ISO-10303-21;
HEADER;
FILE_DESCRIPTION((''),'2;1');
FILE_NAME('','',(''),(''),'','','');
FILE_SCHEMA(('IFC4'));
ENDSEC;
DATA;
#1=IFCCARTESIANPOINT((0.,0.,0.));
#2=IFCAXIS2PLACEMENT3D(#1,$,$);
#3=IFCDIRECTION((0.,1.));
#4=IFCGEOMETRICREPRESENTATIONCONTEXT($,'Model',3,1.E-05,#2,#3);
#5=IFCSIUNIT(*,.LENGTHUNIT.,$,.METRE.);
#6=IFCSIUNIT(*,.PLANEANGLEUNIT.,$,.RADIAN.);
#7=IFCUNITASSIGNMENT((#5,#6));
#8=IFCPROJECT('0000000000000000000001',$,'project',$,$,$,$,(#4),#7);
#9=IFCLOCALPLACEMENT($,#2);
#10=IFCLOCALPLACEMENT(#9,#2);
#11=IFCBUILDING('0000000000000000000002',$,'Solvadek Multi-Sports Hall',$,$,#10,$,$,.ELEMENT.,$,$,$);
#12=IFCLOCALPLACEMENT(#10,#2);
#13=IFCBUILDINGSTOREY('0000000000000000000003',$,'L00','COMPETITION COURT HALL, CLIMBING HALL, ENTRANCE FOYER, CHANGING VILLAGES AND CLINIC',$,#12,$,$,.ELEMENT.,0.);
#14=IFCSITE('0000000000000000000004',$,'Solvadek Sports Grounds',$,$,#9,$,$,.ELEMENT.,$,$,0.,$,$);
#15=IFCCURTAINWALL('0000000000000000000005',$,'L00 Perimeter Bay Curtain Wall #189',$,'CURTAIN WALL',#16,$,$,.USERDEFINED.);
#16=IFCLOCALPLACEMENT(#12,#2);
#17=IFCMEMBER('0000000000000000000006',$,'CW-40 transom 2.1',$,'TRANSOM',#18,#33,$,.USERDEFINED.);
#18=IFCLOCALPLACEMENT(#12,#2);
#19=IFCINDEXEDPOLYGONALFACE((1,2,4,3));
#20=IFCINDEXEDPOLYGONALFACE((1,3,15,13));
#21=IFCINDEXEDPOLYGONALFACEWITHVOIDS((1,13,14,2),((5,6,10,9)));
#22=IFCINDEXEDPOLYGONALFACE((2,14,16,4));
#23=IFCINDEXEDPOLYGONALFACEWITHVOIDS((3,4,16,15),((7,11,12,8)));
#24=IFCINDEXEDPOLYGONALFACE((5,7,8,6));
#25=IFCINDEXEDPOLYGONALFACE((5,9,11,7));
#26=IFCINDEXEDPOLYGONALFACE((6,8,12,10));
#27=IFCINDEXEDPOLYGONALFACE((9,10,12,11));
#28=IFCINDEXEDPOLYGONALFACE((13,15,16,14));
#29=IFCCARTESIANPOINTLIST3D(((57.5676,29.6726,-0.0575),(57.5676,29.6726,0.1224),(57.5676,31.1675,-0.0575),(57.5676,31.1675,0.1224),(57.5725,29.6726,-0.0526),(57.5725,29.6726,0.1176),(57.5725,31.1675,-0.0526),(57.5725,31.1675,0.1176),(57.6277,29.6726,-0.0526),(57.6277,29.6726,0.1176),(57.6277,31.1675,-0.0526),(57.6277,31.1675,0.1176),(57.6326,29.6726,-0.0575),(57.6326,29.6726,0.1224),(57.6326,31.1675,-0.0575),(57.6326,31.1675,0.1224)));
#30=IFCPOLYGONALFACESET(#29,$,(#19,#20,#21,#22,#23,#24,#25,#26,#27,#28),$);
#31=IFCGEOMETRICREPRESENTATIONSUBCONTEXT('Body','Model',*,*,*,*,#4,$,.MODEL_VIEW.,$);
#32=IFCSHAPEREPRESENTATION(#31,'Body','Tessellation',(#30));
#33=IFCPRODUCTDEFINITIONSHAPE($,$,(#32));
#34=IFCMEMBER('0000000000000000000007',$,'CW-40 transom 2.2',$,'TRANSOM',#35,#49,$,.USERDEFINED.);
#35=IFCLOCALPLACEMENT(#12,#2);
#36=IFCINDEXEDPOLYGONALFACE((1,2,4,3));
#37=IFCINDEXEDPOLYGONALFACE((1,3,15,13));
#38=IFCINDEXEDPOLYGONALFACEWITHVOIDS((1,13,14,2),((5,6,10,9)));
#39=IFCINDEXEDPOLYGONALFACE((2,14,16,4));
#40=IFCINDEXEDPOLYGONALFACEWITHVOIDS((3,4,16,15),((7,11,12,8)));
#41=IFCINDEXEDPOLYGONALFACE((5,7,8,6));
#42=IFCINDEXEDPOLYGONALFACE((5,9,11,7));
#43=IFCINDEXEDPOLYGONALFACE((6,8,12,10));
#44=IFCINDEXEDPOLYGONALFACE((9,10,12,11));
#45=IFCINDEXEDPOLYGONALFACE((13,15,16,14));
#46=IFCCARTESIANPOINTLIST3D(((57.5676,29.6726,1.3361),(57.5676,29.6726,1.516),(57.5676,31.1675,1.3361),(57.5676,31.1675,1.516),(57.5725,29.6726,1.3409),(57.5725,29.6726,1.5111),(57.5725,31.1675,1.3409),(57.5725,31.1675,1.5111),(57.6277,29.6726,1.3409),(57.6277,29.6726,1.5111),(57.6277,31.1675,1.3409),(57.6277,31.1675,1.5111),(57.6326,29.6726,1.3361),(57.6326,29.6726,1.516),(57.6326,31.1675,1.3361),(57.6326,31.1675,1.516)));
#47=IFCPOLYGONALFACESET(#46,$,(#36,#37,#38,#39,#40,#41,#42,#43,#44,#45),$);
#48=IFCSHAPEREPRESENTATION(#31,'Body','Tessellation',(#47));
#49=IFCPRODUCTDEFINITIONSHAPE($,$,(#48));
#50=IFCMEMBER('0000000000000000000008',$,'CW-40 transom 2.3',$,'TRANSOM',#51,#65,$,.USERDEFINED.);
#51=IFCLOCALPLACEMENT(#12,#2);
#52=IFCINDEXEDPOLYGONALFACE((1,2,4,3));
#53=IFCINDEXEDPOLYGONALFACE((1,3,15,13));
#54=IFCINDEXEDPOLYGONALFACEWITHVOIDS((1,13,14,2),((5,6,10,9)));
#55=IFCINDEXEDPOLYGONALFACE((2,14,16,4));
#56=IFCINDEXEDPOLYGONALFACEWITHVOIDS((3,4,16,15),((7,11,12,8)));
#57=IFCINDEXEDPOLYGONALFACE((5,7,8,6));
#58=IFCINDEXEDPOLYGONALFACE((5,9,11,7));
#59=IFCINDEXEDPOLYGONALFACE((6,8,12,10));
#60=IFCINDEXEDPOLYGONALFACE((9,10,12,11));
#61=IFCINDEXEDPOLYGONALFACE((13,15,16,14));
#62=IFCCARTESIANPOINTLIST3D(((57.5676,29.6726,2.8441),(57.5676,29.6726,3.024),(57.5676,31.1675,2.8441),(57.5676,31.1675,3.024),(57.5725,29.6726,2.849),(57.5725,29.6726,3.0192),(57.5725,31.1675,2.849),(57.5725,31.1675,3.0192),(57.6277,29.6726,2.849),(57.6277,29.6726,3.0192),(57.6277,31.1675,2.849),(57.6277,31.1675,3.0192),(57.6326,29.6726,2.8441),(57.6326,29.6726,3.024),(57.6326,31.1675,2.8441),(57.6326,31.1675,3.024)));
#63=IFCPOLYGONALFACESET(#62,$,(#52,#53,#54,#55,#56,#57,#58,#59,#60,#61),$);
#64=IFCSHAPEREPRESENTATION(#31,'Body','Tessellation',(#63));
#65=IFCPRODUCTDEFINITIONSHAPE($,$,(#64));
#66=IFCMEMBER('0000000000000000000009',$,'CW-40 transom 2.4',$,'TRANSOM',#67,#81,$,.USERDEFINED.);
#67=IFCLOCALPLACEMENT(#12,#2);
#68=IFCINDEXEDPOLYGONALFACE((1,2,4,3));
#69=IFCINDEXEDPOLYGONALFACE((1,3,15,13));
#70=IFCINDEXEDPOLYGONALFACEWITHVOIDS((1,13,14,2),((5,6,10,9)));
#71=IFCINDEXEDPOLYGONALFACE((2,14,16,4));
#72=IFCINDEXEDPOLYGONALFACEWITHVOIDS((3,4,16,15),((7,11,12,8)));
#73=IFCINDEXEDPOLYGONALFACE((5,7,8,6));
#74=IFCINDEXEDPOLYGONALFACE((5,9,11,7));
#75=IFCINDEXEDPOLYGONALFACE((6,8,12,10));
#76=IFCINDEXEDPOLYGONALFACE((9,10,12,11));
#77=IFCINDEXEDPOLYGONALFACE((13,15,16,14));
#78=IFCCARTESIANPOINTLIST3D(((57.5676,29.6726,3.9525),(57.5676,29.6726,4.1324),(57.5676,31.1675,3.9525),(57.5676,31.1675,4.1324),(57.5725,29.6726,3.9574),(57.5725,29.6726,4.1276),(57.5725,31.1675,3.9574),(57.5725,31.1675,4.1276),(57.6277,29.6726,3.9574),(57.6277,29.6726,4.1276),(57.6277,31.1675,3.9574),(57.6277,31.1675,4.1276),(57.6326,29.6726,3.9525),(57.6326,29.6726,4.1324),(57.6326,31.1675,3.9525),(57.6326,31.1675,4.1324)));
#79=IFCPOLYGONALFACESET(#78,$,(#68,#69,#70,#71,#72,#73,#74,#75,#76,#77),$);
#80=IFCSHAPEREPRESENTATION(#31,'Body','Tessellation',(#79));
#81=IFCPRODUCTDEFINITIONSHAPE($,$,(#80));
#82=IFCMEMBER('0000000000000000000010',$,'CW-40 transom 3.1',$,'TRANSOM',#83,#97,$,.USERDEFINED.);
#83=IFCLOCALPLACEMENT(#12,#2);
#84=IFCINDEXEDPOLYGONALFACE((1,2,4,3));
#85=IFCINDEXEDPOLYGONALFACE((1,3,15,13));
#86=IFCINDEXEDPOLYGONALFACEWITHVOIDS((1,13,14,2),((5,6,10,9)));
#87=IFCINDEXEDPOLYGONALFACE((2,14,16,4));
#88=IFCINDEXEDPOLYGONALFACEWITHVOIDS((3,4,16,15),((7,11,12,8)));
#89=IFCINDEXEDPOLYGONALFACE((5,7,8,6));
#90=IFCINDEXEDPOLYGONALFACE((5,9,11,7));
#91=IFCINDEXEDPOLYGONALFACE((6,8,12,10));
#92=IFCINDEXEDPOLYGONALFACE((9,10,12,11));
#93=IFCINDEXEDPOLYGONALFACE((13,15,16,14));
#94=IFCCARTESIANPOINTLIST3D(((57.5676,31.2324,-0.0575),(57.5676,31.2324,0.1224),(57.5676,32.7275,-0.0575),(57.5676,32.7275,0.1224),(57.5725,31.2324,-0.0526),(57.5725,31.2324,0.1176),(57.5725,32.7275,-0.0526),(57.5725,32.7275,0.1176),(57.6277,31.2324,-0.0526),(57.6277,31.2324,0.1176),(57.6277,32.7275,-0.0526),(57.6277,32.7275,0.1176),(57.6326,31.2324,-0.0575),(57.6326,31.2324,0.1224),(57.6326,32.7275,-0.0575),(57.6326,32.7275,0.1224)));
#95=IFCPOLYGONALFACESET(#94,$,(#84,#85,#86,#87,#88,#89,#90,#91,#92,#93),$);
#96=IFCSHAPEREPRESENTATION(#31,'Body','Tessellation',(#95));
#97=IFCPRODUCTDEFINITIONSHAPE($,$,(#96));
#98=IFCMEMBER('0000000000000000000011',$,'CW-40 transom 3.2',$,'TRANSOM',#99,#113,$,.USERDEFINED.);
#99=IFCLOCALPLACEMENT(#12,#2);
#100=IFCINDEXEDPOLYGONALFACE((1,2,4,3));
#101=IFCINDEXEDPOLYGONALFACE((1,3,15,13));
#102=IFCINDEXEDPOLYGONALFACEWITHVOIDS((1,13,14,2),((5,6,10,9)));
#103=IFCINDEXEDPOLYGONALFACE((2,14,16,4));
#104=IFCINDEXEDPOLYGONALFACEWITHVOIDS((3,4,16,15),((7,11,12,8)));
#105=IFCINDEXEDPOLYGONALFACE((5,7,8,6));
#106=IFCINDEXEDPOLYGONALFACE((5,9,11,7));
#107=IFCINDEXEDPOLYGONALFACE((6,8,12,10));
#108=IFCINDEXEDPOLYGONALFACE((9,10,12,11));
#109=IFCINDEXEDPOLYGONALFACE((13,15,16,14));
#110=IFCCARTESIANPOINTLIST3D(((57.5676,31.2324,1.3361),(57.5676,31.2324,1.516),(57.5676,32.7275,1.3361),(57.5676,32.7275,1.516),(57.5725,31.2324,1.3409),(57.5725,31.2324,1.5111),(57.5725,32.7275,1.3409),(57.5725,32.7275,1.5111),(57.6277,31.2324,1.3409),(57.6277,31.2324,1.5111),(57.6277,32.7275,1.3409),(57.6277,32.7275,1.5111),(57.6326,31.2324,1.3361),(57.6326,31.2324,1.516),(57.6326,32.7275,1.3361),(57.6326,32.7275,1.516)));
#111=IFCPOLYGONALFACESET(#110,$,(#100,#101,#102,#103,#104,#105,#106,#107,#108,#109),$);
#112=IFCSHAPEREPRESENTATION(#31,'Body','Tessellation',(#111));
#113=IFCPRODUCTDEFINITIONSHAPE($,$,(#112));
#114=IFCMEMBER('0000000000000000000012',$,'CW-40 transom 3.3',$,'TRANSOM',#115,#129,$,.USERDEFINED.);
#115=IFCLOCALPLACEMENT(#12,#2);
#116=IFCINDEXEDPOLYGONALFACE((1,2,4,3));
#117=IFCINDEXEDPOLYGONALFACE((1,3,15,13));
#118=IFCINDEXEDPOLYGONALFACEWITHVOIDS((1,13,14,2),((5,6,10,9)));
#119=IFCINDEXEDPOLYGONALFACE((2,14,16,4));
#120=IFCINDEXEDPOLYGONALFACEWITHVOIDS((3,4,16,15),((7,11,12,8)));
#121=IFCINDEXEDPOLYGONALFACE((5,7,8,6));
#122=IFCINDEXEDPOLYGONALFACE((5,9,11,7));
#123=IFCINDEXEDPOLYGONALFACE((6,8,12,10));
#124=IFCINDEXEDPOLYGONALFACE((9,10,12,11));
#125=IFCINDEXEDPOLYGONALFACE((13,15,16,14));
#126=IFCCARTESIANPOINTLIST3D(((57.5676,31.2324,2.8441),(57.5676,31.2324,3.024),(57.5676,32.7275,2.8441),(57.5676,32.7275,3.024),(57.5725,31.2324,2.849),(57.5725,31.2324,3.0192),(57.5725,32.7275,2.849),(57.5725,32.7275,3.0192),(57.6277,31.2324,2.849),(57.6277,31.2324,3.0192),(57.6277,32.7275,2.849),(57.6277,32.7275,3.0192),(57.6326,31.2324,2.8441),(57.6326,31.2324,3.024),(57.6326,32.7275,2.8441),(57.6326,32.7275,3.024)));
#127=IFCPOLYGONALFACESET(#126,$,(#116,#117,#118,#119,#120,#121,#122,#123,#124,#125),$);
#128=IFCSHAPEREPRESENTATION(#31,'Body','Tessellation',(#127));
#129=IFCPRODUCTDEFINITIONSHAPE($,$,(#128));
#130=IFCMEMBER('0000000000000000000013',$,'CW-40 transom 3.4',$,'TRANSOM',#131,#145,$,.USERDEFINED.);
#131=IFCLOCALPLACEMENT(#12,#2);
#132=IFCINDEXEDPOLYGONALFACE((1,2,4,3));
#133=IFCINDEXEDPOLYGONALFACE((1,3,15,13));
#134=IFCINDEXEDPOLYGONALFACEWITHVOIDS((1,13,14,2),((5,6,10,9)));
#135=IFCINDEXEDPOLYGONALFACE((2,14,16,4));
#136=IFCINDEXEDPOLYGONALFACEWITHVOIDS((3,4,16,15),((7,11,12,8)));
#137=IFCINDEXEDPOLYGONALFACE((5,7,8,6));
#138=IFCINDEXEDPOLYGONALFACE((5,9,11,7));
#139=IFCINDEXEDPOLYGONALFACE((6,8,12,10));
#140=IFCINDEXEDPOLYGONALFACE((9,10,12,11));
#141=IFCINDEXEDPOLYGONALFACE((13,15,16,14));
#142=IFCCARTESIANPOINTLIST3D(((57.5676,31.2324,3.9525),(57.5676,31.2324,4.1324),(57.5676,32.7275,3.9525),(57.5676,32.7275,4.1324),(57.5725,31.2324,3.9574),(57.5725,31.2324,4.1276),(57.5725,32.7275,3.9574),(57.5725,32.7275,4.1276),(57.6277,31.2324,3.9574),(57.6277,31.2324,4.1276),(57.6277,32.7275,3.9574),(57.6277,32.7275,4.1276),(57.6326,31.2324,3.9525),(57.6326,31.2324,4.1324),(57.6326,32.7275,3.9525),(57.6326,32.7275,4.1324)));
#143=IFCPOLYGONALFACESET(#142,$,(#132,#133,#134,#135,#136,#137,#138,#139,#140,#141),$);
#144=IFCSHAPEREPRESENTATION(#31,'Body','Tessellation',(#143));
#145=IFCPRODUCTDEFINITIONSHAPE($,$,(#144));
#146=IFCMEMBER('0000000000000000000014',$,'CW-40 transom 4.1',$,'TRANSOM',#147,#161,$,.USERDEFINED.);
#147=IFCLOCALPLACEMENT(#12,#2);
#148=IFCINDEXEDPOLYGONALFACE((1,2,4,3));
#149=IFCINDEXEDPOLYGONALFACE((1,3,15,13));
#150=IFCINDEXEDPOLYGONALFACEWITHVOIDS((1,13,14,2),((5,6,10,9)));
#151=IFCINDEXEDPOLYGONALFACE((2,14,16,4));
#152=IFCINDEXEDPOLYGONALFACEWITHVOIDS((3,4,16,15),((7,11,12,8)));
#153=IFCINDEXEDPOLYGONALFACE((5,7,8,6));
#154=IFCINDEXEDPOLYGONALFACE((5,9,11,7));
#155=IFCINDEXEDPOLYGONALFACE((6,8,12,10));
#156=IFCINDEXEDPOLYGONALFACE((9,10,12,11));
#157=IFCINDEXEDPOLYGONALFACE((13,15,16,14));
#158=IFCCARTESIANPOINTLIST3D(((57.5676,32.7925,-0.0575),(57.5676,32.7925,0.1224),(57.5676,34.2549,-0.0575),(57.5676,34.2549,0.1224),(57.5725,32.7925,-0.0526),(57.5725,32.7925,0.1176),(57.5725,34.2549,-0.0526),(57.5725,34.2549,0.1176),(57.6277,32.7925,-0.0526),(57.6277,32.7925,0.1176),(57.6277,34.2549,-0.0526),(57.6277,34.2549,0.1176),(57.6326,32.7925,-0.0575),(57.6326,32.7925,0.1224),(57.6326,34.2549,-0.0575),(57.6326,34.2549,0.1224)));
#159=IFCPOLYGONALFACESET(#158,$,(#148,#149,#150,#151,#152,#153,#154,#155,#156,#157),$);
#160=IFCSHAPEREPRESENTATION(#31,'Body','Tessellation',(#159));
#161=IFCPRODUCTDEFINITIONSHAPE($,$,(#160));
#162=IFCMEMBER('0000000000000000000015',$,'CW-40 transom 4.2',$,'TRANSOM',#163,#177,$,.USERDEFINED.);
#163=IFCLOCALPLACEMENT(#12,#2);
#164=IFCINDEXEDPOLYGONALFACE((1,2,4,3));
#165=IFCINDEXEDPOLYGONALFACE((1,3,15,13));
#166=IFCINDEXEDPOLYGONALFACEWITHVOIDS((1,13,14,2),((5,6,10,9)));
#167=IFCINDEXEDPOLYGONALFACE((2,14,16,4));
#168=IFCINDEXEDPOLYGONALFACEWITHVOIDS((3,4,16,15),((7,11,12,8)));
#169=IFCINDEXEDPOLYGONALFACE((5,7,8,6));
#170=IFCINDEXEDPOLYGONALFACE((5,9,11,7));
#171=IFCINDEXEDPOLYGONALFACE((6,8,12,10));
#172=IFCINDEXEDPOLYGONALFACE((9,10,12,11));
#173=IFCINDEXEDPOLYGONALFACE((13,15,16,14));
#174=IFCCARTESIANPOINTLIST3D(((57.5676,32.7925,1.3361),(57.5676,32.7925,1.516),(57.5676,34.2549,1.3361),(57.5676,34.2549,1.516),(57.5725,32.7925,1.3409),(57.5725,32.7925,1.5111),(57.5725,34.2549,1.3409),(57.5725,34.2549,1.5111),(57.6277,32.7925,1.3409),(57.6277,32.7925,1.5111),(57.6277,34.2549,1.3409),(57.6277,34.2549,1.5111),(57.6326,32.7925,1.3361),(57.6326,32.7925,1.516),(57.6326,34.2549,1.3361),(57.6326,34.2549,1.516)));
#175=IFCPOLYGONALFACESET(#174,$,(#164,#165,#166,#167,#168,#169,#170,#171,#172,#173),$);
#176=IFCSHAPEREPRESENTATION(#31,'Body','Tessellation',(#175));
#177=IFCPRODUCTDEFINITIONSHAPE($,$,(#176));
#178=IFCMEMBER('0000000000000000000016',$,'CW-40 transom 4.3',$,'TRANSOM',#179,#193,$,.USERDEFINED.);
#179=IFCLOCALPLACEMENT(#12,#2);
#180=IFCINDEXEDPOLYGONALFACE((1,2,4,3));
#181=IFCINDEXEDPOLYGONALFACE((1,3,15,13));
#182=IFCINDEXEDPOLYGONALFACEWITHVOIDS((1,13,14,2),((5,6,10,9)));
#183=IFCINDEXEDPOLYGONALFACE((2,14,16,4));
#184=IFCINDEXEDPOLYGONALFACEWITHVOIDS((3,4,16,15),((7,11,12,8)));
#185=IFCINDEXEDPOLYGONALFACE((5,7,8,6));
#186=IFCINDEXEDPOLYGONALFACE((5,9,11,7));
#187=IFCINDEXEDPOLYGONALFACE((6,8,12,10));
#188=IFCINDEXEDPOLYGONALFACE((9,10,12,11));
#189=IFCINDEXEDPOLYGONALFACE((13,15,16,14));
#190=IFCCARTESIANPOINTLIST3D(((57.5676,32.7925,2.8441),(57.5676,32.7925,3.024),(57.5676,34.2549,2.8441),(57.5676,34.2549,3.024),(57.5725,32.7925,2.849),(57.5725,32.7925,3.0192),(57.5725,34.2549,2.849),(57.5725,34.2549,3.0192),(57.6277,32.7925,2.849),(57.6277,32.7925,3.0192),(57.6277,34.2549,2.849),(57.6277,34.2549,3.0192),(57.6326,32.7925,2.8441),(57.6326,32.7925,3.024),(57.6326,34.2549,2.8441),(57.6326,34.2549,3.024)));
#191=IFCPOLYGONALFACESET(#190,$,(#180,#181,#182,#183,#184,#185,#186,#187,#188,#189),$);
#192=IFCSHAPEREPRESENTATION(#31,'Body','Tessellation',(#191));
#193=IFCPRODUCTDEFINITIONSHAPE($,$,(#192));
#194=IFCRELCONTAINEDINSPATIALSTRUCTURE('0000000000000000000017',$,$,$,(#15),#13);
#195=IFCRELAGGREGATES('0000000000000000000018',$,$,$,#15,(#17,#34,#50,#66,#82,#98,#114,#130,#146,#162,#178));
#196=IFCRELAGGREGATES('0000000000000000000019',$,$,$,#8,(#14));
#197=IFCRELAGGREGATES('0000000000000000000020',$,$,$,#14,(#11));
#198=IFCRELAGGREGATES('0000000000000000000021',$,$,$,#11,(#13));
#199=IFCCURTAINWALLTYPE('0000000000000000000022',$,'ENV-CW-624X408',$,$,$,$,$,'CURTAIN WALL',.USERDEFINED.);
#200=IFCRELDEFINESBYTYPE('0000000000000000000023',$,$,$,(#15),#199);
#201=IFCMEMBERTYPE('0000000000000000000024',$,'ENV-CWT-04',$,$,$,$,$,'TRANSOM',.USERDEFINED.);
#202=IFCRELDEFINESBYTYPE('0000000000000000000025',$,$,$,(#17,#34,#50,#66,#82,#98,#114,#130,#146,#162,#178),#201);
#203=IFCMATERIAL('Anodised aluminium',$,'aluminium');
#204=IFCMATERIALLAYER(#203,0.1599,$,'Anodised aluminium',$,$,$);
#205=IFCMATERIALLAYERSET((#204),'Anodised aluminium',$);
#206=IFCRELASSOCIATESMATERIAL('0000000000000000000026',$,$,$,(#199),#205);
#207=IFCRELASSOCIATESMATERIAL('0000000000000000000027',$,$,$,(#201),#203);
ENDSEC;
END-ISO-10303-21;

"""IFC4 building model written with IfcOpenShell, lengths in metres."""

from ifc_helpers import new_model, si_unit, direction, frame, origin, origin_2d, place, context, subcontext, project, spatial, hollow_rectangle, extrude, material, layer, layer_set, material_profile, profile_set, type_object, element, aggregate, save


model = new_model("IFC4")

# Units and contexts
model_context = context("Model", 3, precision=1e-05, world=origin(), true_north=direction((0.0, 1.0)))
body_context = subcontext(model_context, "Body", "Model", "MODEL_VIEW")
ifc_project = project(units=[si_unit("LENGTHUNIT", "METRE"), si_unit("PLANEANGLEUNIT", "RADIAN")], contexts=[model_context])

# Site, building, storey
site_placement = place(None, origin())
site = spatial("IfcSite", under=ifc_project, at=site_placement, Name="Solvadek Sports Grounds", CompositionType="ELEMENT", RefElevation=0.0)
building_placement = place(site_placement, origin())
building = spatial("IfcBuilding", under=site, at=building_placement, Name="Solvadek Multi-Sports Hall", CompositionType="ELEMENT")
storey_placement = place(building_placement, origin())
storey = spatial("IfcBuildingStorey", under=building, at=storey_placement, Name="L00", Description="COMPETITION COURT HALL, CLIMBING HALL, ENTRANCE FOYER, CHANGING VILLAGES AND CLINIC", CompositionType="ELEMENT", Elevation=0.0)

# Shared definitions
ifc_material_1 = material(Name="Anodised aluminium", Category="aluminium")

# Curtain wall, members
ifc_layer_1 = layer(ifc_material_1, 0.1599, Name="Anodised aluminium")
ifc_layer_set_1 = layer_set([ifc_layer_1], Name="Anodised aluminium")
curtain_wall_type_1 = type_object("IfcCurtainWallType", Name="ENV-CW-624X408", ElementType="CURTAIN WALL", PredefinedType="USERDEFINED", material=ifc_layer_set_1)
curtain_wall_1_placement = place(storey_placement, origin())
curtain_wall_1 = element("IfcCurtainWall", 1, at=curtain_wall_1_placement, inside=storey, type_object=curtain_wall_type_1, Name="L00 Perimeter Bay Curtain Wall #189", ObjectType="CURTAIN WALL", PredefinedType="USERDEFINED")
ifc_material_profile_1 = material_profile(ifc_material_1, hollow_rectangle(XDim=0.0649, YDim=0.1799, WallThickness=0.0049, at=origin_2d()), Name="ALU-T 180x65x5")
ifc_profile_set_1 = profile_set([ifc_material_profile_1], Name="Anodised aluminium")
member_type_1 = type_object("IfcMemberType", Name="ENV-CWT-04", ElementType="TRANSOM", PredefinedType="USERDEFINED", material=ifc_profile_set_1)
member_1_placement = place(storey_placement, frame((57.6001, 29.6726, 0.0325), z_axis=(0.0, 1.0, 0.0), x_axis=(-1.0, 0.0, 0.0)))
member_1 = element("IfcMember", 2, at=member_1_placement, type_object=member_type_1, Name="CW-40 transom 2.1", ObjectType="TRANSOM", PredefinedType="USERDEFINED", context=body_context, shape_type="SweptSolid", body=[
    extrude(hollow_rectangle(XDim=0.0649, YDim=0.1799, WallThickness=0.0049, at=origin_2d()), origin(), (0.0, 0.0, 1.0), 1.4949),
])
member_2_placement = place(storey_placement, frame((57.6001, 29.6726, 1.426), z_axis=(0.0, 1.0, 0.0), x_axis=(-1.0, 0.0, 0.0)))
member_2 = element("IfcMember", 3, at=member_2_placement, type_object=member_type_1, Name="CW-40 transom 2.2", ObjectType="TRANSOM", PredefinedType="USERDEFINED", context=body_context, shape_type="SweptSolid", body=[
    extrude(hollow_rectangle(XDim=0.0649, YDim=0.1799, WallThickness=0.0049, at=origin_2d()), origin(), (0.0, 0.0, 1.0), 1.4949),
])
member_3_placement = place(storey_placement, frame((57.6001, 29.6726, 2.9341), z_axis=(0.0, 1.0, 0.0), x_axis=(-1.0, 0.0, 0.0)))
member_3 = element("IfcMember", 4, at=member_3_placement, type_object=member_type_1, Name="CW-40 transom 2.3", ObjectType="TRANSOM", PredefinedType="USERDEFINED", context=body_context, shape_type="SweptSolid", body=[
    extrude(hollow_rectangle(XDim=0.0649, YDim=0.1799, WallThickness=0.0049, at=origin_2d()), origin(), (0.0, 0.0, 1.0), 1.4949),
])
member_4_placement = place(storey_placement, frame((57.6001, 29.6726, 4.0425), z_axis=(0.0, 1.0, 0.0), x_axis=(-1.0, 0.0, 0.0)))
member_4 = element("IfcMember", 5, at=member_4_placement, type_object=member_type_1, Name="CW-40 transom 2.4", ObjectType="TRANSOM", PredefinedType="USERDEFINED", context=body_context, shape_type="SweptSolid", body=[
    extrude(hollow_rectangle(XDim=0.0649, YDim=0.1799, WallThickness=0.0049, at=origin_2d()), origin(), (0.0, 0.0, 1.0), 1.4949),
])
member_5_placement = place(storey_placement, frame((57.6001, 31.2324, 0.0325), z_axis=(0.0, 1.0, 0.0), x_axis=(-1.0, 0.0, 0.0)))
member_5 = element("IfcMember", 6, at=member_5_placement, type_object=member_type_1, Name="CW-40 transom 3.1", ObjectType="TRANSOM", PredefinedType="USERDEFINED", context=body_context, shape_type="SweptSolid", body=[
    extrude(hollow_rectangle(XDim=0.0649, YDim=0.1799, WallThickness=0.0049, at=origin_2d()), origin(), (0.0, 0.0, 1.0), 1.4951),
])
member_6_placement = place(storey_placement, frame((57.6001, 31.2324, 1.426), z_axis=(0.0, 1.0, 0.0), x_axis=(-1.0, 0.0, 0.0)))
member_6 = element("IfcMember", 7, at=member_6_placement, type_object=member_type_1, Name="CW-40 transom 3.2", ObjectType="TRANSOM", PredefinedType="USERDEFINED", context=body_context, shape_type="SweptSolid", body=[
    extrude(hollow_rectangle(XDim=0.0649, YDim=0.1799, WallThickness=0.0049, at=origin_2d()), origin(), (0.0, 0.0, 1.0), 1.4951),
])
member_7_placement = place(storey_placement, frame((57.6001, 31.2324, 2.9341), z_axis=(0.0, 1.0, 0.0), x_axis=(-1.0, 0.0, 0.0)))
member_7 = element("IfcMember", 8, at=member_7_placement, type_object=member_type_1, Name="CW-40 transom 3.3", ObjectType="TRANSOM", PredefinedType="USERDEFINED", context=body_context, shape_type="SweptSolid", body=[
    extrude(hollow_rectangle(XDim=0.0649, YDim=0.1799, WallThickness=0.0049, at=origin_2d()), origin(), (0.0, 0.0, 1.0), 1.4951),
])
member_8_placement = place(storey_placement, frame((57.6001, 31.2324, 4.0425), z_axis=(0.0, 1.0, 0.0), x_axis=(-1.0, 0.0, 0.0)))
member_8 = element("IfcMember", 9, at=member_8_placement, type_object=member_type_1, Name="CW-40 transom 3.4", ObjectType="TRANSOM", PredefinedType="USERDEFINED", context=body_context, shape_type="SweptSolid", body=[
    extrude(hollow_rectangle(XDim=0.0649, YDim=0.1799, WallThickness=0.0049, at=origin_2d()), origin(), (0.0, 0.0, 1.0), 1.4951),
])
member_9_placement = place(storey_placement, frame((57.6001, 32.7925, 0.0325), z_axis=(0.0, 1.0, 0.0), x_axis=(-1.0, 0.0, 0.0)))
member_9 = element("IfcMember", 10, at=member_9_placement, type_object=member_type_1, Name="CW-40 transom 4.1", ObjectType="TRANSOM", PredefinedType="USERDEFINED", context=body_context, shape_type="SweptSolid", body=[
    extrude(hollow_rectangle(XDim=0.0649, YDim=0.1799, WallThickness=0.0049, at=origin_2d()), origin(), (0.0, 0.0, 1.0), 1.4624),
])
member_10_placement = place(storey_placement, frame((57.6001, 32.7925, 1.426), z_axis=(0.0, 1.0, 0.0), x_axis=(-1.0, 0.0, 0.0)))
member_10 = element("IfcMember", 11, at=member_10_placement, type_object=member_type_1, Name="CW-40 transom 4.2", ObjectType="TRANSOM", PredefinedType="USERDEFINED", context=body_context, shape_type="SweptSolid", body=[
    extrude(hollow_rectangle(XDim=0.0649, YDim=0.1799, WallThickness=0.0049, at=origin_2d()), origin(), (0.0, 0.0, 1.0), 1.4624),
])
member_11_placement = place(storey_placement, frame((57.6001, 32.7925, 2.9341), z_axis=(0.0, 1.0, 0.0), x_axis=(-1.0, 0.0, 0.0)))
member_11 = element("IfcMember", 12, at=member_11_placement, type_object=member_type_1, Name="CW-40 transom 4.3", ObjectType="TRANSOM", PredefinedType="USERDEFINED", context=body_context, shape_type="SweptSolid", body=[
    extrude(hollow_rectangle(XDim=0.0649, YDim=0.1799, WallThickness=0.0049, at=origin_2d()), origin(), (0.0, 0.0, 1.0), 1.4624),
])

aggregate(curtain_wall_1, [member_1, member_2, member_3, member_4, member_5, member_6, member_7, member_8, member_9, member_10, member_11])

save(model, "model.ifc")
